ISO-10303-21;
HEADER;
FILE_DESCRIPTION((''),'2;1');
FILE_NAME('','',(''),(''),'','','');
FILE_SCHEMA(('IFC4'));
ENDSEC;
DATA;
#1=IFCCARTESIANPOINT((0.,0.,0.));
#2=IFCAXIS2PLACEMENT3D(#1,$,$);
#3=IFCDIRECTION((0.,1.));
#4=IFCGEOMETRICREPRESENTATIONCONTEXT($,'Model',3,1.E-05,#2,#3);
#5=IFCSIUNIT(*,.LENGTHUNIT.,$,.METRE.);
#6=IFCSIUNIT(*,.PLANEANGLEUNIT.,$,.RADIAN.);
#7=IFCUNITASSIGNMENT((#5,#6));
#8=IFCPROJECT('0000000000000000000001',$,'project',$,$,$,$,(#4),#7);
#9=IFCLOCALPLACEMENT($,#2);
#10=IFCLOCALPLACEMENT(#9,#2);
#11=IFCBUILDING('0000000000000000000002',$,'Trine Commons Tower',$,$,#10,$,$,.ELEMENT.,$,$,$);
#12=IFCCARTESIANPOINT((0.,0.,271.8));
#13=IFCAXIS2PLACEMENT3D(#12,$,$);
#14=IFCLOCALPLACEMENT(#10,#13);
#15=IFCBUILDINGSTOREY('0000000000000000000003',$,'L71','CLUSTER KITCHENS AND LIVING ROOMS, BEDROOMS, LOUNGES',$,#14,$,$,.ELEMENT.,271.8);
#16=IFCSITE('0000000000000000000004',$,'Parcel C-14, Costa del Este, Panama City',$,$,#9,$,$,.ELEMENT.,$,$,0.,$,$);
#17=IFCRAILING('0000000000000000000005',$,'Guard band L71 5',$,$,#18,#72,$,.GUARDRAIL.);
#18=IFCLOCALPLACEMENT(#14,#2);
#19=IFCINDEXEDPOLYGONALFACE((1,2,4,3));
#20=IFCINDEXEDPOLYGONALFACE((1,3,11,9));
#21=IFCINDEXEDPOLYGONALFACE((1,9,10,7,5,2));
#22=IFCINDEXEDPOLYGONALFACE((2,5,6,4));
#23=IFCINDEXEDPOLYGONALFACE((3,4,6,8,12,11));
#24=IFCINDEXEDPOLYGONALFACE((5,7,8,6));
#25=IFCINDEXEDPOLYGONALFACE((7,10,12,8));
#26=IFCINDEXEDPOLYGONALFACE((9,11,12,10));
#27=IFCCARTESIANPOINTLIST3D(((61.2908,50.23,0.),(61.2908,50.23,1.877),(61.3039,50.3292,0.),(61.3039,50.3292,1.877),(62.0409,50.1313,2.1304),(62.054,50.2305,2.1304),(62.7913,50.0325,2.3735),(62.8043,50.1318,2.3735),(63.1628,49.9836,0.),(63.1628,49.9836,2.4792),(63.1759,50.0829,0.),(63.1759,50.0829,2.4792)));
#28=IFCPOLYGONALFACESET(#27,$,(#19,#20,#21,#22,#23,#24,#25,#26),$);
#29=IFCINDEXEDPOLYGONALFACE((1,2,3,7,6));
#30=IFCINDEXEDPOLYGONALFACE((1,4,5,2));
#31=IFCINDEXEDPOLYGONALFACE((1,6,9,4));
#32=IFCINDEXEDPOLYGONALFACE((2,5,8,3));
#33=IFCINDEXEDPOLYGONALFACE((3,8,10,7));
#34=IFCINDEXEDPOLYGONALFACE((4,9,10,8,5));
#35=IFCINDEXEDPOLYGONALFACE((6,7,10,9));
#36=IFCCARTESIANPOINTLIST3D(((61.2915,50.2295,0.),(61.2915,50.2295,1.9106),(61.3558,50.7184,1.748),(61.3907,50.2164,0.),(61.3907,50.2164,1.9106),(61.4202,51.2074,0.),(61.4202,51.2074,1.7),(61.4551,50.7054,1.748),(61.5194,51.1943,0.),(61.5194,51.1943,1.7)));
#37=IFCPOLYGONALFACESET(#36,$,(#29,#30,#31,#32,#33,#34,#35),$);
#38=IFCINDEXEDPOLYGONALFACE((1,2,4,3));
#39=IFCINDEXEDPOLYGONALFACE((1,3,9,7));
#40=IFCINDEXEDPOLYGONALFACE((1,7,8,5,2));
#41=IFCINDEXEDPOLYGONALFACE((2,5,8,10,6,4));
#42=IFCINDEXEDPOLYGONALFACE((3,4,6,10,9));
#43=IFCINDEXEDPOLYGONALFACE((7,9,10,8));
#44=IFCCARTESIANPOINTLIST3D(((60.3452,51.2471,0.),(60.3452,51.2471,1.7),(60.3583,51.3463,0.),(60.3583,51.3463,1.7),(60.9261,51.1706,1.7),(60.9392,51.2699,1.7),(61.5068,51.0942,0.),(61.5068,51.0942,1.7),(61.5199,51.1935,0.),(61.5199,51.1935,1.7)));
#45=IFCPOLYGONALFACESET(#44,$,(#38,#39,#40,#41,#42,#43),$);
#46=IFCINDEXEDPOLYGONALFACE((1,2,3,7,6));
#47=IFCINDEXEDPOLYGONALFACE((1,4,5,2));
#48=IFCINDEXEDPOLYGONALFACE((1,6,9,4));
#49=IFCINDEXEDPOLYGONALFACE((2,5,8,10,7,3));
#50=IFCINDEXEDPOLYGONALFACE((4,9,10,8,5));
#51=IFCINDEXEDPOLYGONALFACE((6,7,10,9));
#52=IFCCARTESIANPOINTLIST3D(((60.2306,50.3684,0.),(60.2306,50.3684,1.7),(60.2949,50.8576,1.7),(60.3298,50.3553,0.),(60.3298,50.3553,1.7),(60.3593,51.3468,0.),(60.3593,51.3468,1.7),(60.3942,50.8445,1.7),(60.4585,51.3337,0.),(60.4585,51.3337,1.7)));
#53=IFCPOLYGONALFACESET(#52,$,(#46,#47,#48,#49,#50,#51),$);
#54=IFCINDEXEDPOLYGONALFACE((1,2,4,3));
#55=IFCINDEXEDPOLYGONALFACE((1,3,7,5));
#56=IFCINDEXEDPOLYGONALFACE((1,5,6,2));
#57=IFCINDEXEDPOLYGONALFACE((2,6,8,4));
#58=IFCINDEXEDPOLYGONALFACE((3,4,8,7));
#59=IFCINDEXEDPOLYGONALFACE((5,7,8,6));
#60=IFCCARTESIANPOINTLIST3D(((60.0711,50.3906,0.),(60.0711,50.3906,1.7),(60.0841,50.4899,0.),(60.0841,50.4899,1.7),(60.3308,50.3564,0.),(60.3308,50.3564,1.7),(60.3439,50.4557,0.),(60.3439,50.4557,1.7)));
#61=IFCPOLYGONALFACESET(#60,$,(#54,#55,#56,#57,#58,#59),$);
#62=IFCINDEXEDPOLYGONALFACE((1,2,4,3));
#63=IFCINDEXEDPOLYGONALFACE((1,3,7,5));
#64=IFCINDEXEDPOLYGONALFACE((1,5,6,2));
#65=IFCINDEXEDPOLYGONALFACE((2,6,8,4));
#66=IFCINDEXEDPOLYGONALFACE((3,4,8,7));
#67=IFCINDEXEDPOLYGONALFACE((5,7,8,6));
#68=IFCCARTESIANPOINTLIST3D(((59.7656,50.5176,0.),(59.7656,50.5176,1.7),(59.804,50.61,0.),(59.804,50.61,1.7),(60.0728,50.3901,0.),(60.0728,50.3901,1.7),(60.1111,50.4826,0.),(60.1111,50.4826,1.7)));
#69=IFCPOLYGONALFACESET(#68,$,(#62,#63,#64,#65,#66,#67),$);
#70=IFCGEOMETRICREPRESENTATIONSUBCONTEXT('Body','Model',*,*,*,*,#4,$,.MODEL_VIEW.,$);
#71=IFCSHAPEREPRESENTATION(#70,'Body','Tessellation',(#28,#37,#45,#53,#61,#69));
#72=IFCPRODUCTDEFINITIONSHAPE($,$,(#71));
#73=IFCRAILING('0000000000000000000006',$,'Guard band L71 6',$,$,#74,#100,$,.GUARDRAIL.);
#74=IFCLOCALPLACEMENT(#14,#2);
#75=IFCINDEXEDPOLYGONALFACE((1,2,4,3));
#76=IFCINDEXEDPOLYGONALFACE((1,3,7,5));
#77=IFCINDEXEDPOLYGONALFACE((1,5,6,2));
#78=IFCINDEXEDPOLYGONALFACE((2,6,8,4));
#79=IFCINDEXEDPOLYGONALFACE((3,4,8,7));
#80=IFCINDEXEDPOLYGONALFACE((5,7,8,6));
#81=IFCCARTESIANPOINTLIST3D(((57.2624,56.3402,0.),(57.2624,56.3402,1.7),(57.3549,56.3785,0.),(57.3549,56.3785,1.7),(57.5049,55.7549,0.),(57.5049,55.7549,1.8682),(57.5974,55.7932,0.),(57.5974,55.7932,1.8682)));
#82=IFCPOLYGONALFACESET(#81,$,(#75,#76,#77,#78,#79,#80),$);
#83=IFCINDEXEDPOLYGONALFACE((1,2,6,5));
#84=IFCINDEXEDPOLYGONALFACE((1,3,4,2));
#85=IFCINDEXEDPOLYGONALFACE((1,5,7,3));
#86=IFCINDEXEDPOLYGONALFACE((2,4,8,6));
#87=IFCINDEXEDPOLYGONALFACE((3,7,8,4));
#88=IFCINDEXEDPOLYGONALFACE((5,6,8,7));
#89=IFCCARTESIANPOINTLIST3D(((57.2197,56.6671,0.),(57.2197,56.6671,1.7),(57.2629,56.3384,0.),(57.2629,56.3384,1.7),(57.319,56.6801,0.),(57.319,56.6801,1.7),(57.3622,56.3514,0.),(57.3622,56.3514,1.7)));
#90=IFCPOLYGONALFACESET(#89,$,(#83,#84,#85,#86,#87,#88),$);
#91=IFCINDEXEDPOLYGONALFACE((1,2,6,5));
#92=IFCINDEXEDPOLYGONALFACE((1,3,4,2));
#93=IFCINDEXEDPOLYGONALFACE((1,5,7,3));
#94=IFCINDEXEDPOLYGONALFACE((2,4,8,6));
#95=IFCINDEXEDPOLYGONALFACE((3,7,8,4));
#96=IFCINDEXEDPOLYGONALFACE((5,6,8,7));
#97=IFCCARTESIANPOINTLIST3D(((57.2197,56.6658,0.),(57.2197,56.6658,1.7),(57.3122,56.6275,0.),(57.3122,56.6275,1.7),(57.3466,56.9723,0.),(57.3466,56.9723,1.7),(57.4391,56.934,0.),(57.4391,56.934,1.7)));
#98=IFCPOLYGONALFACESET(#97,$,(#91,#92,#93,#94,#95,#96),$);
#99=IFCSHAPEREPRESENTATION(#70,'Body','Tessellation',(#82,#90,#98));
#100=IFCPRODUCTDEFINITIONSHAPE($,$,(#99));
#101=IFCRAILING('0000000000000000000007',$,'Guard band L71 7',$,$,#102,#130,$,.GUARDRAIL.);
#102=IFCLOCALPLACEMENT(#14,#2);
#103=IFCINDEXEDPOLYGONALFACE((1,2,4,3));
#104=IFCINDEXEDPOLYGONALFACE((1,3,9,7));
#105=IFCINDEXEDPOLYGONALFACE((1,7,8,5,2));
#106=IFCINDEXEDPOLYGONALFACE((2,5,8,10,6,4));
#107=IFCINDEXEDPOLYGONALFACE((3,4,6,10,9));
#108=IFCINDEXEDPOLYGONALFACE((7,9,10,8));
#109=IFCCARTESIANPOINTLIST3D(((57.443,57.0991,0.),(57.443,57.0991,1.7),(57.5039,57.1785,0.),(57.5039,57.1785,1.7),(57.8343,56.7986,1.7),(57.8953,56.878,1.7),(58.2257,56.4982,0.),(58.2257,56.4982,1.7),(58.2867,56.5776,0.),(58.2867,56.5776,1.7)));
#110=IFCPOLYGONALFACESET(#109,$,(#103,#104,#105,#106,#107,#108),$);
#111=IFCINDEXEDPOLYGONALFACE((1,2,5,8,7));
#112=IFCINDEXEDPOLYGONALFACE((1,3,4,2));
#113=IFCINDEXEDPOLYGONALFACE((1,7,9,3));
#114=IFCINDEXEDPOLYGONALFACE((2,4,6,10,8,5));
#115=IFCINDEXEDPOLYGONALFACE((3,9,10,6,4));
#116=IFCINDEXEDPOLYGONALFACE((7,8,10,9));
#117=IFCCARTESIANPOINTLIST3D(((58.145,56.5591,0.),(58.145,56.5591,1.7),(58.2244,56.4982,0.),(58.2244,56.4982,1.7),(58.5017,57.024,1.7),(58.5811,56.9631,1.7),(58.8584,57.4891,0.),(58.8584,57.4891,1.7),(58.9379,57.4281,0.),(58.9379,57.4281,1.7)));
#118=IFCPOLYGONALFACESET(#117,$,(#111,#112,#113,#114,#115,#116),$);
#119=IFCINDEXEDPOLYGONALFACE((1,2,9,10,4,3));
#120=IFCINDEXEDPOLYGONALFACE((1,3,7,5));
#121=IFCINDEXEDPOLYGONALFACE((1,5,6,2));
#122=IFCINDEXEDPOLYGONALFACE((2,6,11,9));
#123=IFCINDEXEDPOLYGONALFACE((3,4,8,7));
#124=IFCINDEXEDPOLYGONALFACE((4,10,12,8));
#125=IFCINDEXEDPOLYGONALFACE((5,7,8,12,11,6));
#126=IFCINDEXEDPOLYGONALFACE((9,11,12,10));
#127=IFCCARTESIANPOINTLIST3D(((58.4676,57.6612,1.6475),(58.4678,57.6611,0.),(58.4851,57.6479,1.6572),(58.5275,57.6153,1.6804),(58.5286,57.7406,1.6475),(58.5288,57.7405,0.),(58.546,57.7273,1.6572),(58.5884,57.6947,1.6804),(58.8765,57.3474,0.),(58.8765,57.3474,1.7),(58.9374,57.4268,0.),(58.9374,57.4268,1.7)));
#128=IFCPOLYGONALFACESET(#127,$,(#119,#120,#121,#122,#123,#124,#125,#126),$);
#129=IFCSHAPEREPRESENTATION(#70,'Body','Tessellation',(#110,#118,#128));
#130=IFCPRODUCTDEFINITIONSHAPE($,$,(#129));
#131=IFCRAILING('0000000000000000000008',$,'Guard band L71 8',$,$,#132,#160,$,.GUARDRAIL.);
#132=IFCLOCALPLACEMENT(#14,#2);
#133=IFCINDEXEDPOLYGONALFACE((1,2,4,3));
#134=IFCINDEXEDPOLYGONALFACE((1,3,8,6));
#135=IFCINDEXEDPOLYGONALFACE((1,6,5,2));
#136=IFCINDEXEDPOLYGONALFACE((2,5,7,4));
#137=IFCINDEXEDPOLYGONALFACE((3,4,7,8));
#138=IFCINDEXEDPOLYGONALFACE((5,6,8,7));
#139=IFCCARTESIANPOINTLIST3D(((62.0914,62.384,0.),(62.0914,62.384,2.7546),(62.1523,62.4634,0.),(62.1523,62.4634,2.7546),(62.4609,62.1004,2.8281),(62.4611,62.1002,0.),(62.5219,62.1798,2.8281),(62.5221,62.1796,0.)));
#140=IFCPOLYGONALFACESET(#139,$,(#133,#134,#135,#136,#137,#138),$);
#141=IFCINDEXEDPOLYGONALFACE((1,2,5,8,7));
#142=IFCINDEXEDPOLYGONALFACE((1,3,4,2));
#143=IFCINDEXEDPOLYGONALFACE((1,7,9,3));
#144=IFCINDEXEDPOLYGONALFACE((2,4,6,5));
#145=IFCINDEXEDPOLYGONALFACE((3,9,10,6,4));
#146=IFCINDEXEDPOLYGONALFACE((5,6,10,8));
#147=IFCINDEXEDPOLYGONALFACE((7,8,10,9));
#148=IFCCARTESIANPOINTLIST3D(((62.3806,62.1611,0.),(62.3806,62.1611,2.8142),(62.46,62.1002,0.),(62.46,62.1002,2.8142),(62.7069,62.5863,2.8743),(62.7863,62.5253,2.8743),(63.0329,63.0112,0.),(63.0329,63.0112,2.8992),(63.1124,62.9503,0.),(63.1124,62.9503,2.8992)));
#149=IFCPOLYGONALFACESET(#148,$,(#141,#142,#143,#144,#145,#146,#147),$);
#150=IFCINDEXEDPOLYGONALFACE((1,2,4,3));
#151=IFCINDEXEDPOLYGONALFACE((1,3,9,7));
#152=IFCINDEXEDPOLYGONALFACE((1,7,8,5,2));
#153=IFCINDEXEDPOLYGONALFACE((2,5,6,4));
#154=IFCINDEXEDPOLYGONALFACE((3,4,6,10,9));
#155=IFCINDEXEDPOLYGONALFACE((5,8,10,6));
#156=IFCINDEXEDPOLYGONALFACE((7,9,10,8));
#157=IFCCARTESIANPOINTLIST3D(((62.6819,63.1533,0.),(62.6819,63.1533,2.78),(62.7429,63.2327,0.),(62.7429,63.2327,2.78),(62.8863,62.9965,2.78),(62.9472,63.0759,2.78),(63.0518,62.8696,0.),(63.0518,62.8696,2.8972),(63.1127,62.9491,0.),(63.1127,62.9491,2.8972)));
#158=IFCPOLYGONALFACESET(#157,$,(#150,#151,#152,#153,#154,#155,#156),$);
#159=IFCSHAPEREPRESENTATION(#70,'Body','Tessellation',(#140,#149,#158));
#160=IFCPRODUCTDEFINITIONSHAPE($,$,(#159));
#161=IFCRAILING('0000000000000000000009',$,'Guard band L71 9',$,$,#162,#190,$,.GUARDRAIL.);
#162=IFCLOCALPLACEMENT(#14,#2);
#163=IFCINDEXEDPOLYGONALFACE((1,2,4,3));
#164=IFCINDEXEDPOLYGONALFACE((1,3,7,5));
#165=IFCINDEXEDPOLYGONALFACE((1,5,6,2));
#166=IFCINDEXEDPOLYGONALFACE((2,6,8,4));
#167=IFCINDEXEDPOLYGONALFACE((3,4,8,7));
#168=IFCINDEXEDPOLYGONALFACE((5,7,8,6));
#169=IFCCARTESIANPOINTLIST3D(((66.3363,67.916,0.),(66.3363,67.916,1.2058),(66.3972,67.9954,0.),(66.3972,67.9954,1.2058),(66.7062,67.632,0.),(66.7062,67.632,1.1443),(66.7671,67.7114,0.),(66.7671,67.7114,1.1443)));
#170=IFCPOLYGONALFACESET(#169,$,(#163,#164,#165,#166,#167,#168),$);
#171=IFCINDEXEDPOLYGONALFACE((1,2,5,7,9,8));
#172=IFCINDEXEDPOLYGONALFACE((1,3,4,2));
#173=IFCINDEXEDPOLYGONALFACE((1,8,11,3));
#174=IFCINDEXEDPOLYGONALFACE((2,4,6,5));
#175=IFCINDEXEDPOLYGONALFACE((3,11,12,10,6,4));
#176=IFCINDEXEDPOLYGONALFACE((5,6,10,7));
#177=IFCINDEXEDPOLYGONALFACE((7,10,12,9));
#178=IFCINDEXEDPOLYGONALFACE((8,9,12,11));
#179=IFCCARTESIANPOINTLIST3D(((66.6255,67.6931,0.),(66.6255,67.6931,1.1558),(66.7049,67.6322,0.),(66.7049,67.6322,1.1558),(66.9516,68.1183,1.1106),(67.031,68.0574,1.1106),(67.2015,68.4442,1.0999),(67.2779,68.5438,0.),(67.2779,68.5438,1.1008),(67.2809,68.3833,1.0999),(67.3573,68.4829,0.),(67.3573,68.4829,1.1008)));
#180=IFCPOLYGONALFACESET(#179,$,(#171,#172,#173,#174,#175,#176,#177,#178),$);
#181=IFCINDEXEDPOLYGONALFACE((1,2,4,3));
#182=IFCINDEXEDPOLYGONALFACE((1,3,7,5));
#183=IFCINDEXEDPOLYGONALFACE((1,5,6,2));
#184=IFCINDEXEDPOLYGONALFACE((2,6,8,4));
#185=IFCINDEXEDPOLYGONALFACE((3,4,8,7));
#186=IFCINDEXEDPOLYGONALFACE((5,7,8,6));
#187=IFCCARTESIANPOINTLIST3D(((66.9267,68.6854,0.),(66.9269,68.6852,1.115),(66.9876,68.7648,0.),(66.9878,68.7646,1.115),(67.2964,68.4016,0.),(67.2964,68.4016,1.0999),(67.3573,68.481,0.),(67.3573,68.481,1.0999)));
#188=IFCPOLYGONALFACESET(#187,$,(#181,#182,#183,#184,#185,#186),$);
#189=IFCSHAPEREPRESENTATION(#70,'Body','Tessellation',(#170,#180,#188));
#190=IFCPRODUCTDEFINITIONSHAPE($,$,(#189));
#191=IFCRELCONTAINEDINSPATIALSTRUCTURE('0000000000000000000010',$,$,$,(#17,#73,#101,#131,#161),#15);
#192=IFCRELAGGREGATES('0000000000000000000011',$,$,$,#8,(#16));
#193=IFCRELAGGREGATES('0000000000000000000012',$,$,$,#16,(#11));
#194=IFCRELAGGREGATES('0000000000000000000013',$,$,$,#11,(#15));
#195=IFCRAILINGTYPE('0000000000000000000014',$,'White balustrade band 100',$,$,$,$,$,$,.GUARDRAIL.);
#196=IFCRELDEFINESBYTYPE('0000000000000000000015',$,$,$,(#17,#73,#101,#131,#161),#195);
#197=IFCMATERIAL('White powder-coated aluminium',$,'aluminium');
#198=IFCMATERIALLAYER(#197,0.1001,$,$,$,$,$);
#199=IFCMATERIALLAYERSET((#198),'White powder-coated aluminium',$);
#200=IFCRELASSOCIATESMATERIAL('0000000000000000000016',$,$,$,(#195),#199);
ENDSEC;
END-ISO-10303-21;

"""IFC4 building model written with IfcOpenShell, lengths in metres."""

from ifc_helpers import new_model, si_unit, direction, frame, origin, place, context, subcontext, project, spatial, polyline, outline, extrude, material, layer, layer_set, type_object, element, save


model = new_model("IFC4")

# Units and contexts
model_context = context("Model", 3, precision=1e-05, world=origin(), true_north=direction((0.0, 1.0)))
body_context = subcontext(model_context, "Body", "Model", "MODEL_VIEW")
ifc_project = project(units=[si_unit("LENGTHUNIT", "METRE"), si_unit("PLANEANGLEUNIT", "RADIAN")], contexts=[model_context])

# Site, building, storey
site_placement = place(None, origin())
site = spatial("IfcSite", under=ifc_project, at=site_placement, Name="Parcel C-14, Costa del Este, Panama City", CompositionType="ELEMENT", RefElevation=0.0)
building_placement = place(site_placement, origin())
building = spatial("IfcBuilding", under=site, at=building_placement, Name="Trine Commons Tower", CompositionType="ELEMENT")
storey_placement = place(building_placement, frame((0.0, 0.0, 271.8)))
storey = spatial("IfcBuildingStorey", under=building, at=storey_placement, Name="L71", Description="CLUSTER KITCHENS AND LIVING ROOMS, BEDROOMS, LOUNGES", CompositionType="ELEMENT", Elevation=271.8)

# Railings
ifc_material_1 = material(Name="White powder-coated aluminium", Category="aluminium")
ifc_layer_1 = layer(ifc_material_1, 0.1001)
ifc_layer_set_1 = layer_set([ifc_layer_1], Name="White powder-coated aluminium")
railing_type = type_object("IfcRailingType", Name="White balustrade band 100", PredefinedType="GUARDRAIL", material=ifc_layer_set_1)
railing_1_placement = place(storey_placement, origin())
element("IfcRailing", 1, at=railing_1_placement, inside=storey, type_object=railing_type, Name="Guard band L71 5", PredefinedType="GUARDRAIL", context=body_context, shape_type="SweptSolid", body=[
    extrude(outline(polyline([(0.0, 0.0), (1.8882, 0.0), (1.8882, 1.877), (1.8882, 1.877), (1.1316, 2.1304), (0.3748, 2.3735), (0.0, 2.4792), (0.0, 0.0)])), frame((63.1628, 49.9836, 0.0), z_axis=(0.130461, 0.991453, 0.0), x_axis=(-0.991453, 0.130461, 0.0)), (0.0, 0.0, 1.0), 0.1001),
    extrude(outline(polyline([(0.0, 0.0), (0.9863, 0.0), (0.9863, 1.7), (0.4932, 1.748), (0.0, 1.9106), (0.0, 0.0)])), frame((61.2915, 50.2295, 0.0), z_axis=(0.991453, -0.130461, 0.0), x_axis=(0.130461, 0.991453, 0.0)), (0.0, 0.0, 1.0), 0.1001),
    extrude(outline(polyline([(0.0, 0.0), (1.1716, 0.0), (1.1716, 1.7), (0.5857, 1.7), (0.0, 1.7), (0.0, 0.0)])), frame((61.5068, 51.0942, 0.0), z_axis=(0.130444, 0.991456, 0.0), x_axis=(-0.991456, 0.130444, 0.0)), (0.0, 0.0, 1.0), 0.1001),
    extrude(outline(polyline([(0.0, 0.0), (0.9868, 0.0), (0.9868, 1.7), (0.4934, 1.7), (0.0, 1.7), (0.0, 0.0)])), frame((60.4585, 51.3337, 0.0), z_axis=(-0.991466, 0.130365, 0.0), x_axis=(-0.130365, -0.991466, 0.0)), (0.0, 0.0, 1.0), 0.1001),
    extrude(outline(polyline([(0.0, 0.0), (0.262, 0.0), (0.262, 1.7), (0.0, 1.7), (0.0, 0.0)])), frame((60.3308, 50.3564, 0.0), z_axis=(0.130455, 0.991454, 0.0), x_axis=(-0.991454, 0.130455, 0.0)), (0.0, 0.0, 1.0), 0.1001),
    extrude(outline(polyline([(0.0, 0.0), (0.3325, 0.0), (0.3325, 1.7), (0.0, 1.7), (0.0, 0.0)])), frame((60.0728, 50.3901, 0.0), z_axis=(0.383259, 0.923641, 0.0), x_axis=(-0.923641, 0.383259, 0.0)), (0.0, 0.0, 1.0), 0.1001),
])
railing_2_placement = place(storey_placement, origin())
element("IfcRailing", 2, at=railing_2_placement, inside=storey, type_object=railing_type, Name="Guard band L71 6", PredefinedType="GUARDRAIL", context=body_context, shape_type="SweptSolid", body=[
    extrude(outline(polyline([(0.0, 0.0), (0.6335, 0.0), (0.6335, 1.7), (0.0, 1.8682), (0.0, 0.0)])), frame((57.5049, 55.7549, 0.0), z_axis=(0.923862, 0.382726, 0.0), x_axis=(-0.382726, 0.923862, 0.0)), (0.0, 0.0, 1.0), 0.1001),
    extrude(outline(polyline([(0.0, 0.0), (0.3315, 0.0), (0.3315, 1.7), (0.0, 1.7), (0.0, 0.0)])), frame((57.2629, 56.3384, 0.0), z_axis=(0.991464, 0.130378, 0.0), x_axis=(-0.130378, 0.991464, 0.0)), (0.0, 0.0, 1.0), 0.1001),
    extrude(outline(polyline([(0.0, 0.0), (0.3318, 0.0), (0.3318, 1.7), (0.0, 1.7), (0.0, 0.0)])), frame((57.2197, 56.6658, 0.0), z_axis=(0.923945, -0.382525, 0.0), x_axis=(0.382525, 0.923945, 0.0)), (0.0, 0.0, 1.0), 0.1001),
])
railing_3_placement = place(storey_placement, origin())
element("IfcRailing", 3, at=railing_3_placement, inside=storey, type_object=railing_type, Name="Guard band L71 7", PredefinedType="GUARDRAIL", context=body_context, shape_type="SweptSolid", body=[
    extrude(outline(polyline([(0.0, 0.0), (0.9868, 0.0), (0.9868, 1.7), (0.4934, 1.7), (0.0, 1.7), (0.0, 0.0)])), frame((57.5039, 57.1785, 0.0), z_axis=(-0.608909, -0.79324, 0.0), x_axis=(0.79324, -0.608909, 0.0)), (0.0, 0.0, 1.0), 0.1001),
    extrude(outline(polyline([(0.0, 0.0), (1.1721, 0.0), (1.1721, 1.7), (0.5859, 1.7), (0.0, 1.7), (0.0, 0.0)])), frame((58.145, 56.5591, 0.0), z_axis=(0.793429, -0.608663, 0.0), x_axis=(0.608663, 0.793429, 0.0)), (0.0, 0.0, 1.0), 0.1001),
    extrude(outline(polyline([(0.0, 0.0), (0.5151, 0.0), (0.5154, 1.6475), (0.4934, 1.6572), (0.4399, 1.6804), (0.0, 1.7), (0.0, 0.0)])), frame((58.8765, 57.3474, 0.0), z_axis=(0.608909, 0.79324, 0.0), x_axis=(-0.79324, 0.608909, 0.0)), (0.0, 0.0, 1.0), 0.1001),
])
railing_4_placement = place(storey_placement, origin())
element("IfcRailing", 4, at=railing_4_placement, inside=storey, type_object=railing_type, Name="Guard band L71 8", PredefinedType="GUARDRAIL", context=body_context, shape_type="SweptSolid", body=[
    extrude(outline(polyline([(0.0, 0.0), (0.4661, 0.0), (0.4658, 2.8281), (0.0, 2.7546), (0.0, 0.0)])), frame((62.1523, 62.4634, 0.0), z_axis=(-0.608849, -0.793286, 0.0), x_axis=(0.793286, -0.608849, 0.0)), (0.0, 0.0, 1.0), 0.1001),
    extrude(outline(polyline([(0.0, 0.0), (1.0715, 0.0), (1.0715, 2.8992), (0.5359, 2.8743), (0.0, 2.8142), (0.0, 0.0)])), frame((62.3806, 62.1611, 0.0), z_axis=(0.793335, -0.608785, 0.0), x_axis=(0.608785, 0.793335, 0.0)), (0.0, 0.0, 1.0), 0.1001),
    extrude(outline(polyline([(0.0, 0.0), (0.4661, 0.0), (0.4661, 2.78), (0.2085, 2.78), (0.0, 2.8972), (0.0, 0.0)])), frame((63.0518, 62.8696, 0.0), z_axis=(0.608596, 0.79348, 0.0), x_axis=(-0.79348, 0.608596, 0.0)), (0.0, 0.0, 1.0), 0.1001),
])
railing_5_placement = place(storey_placement, origin())
element("IfcRailing", 5, at=railing_5_placement, inside=storey, type_object=railing_type, Name="Guard band L71 9", PredefinedType="GUARDRAIL", context=body_context, shape_type="SweptSolid", body=[
    extrude(outline(polyline([(0.0, 0.0), (0.4663, 0.0), (0.4663, 1.1443), (0.4663, 1.1443), (0.0, 1.2058), (0.0, 0.0)])), frame((66.3972, 67.9954, 0.0), z_axis=(-0.608926, -0.793227, 0.0), x_axis=(0.793227, -0.608926, 0.0)), (0.0, 0.0, 1.0), 0.1001),
    extrude(outline(polyline([(0.0, 0.0), (1.072, 0.0), (1.072, 1.1008), (0.9465, 1.0999), (0.5359, 1.1106), (0.0, 1.1558), (0.0, 0.0)])), frame((66.6255, 67.6931, 0.0), z_axis=(0.793504, -0.608565, 0.0), x_axis=(0.608565, 0.793504, 0.0)), (0.0, 0.0, 1.0), 0.1001),
    extrude(outline(polyline([(0.0, 0.0), (0.4661, 0.0), (0.4658, 1.115), (0.0, 1.0999), (0.0, 0.0)])), frame((67.2964, 68.4016, 0.0), z_axis=(0.608849, 0.793286, 0.0), x_axis=(-0.793286, 0.608849, 0.0)), (0.0, 0.0, 1.0), 0.1001),
])

save(model, "model.ifc")
